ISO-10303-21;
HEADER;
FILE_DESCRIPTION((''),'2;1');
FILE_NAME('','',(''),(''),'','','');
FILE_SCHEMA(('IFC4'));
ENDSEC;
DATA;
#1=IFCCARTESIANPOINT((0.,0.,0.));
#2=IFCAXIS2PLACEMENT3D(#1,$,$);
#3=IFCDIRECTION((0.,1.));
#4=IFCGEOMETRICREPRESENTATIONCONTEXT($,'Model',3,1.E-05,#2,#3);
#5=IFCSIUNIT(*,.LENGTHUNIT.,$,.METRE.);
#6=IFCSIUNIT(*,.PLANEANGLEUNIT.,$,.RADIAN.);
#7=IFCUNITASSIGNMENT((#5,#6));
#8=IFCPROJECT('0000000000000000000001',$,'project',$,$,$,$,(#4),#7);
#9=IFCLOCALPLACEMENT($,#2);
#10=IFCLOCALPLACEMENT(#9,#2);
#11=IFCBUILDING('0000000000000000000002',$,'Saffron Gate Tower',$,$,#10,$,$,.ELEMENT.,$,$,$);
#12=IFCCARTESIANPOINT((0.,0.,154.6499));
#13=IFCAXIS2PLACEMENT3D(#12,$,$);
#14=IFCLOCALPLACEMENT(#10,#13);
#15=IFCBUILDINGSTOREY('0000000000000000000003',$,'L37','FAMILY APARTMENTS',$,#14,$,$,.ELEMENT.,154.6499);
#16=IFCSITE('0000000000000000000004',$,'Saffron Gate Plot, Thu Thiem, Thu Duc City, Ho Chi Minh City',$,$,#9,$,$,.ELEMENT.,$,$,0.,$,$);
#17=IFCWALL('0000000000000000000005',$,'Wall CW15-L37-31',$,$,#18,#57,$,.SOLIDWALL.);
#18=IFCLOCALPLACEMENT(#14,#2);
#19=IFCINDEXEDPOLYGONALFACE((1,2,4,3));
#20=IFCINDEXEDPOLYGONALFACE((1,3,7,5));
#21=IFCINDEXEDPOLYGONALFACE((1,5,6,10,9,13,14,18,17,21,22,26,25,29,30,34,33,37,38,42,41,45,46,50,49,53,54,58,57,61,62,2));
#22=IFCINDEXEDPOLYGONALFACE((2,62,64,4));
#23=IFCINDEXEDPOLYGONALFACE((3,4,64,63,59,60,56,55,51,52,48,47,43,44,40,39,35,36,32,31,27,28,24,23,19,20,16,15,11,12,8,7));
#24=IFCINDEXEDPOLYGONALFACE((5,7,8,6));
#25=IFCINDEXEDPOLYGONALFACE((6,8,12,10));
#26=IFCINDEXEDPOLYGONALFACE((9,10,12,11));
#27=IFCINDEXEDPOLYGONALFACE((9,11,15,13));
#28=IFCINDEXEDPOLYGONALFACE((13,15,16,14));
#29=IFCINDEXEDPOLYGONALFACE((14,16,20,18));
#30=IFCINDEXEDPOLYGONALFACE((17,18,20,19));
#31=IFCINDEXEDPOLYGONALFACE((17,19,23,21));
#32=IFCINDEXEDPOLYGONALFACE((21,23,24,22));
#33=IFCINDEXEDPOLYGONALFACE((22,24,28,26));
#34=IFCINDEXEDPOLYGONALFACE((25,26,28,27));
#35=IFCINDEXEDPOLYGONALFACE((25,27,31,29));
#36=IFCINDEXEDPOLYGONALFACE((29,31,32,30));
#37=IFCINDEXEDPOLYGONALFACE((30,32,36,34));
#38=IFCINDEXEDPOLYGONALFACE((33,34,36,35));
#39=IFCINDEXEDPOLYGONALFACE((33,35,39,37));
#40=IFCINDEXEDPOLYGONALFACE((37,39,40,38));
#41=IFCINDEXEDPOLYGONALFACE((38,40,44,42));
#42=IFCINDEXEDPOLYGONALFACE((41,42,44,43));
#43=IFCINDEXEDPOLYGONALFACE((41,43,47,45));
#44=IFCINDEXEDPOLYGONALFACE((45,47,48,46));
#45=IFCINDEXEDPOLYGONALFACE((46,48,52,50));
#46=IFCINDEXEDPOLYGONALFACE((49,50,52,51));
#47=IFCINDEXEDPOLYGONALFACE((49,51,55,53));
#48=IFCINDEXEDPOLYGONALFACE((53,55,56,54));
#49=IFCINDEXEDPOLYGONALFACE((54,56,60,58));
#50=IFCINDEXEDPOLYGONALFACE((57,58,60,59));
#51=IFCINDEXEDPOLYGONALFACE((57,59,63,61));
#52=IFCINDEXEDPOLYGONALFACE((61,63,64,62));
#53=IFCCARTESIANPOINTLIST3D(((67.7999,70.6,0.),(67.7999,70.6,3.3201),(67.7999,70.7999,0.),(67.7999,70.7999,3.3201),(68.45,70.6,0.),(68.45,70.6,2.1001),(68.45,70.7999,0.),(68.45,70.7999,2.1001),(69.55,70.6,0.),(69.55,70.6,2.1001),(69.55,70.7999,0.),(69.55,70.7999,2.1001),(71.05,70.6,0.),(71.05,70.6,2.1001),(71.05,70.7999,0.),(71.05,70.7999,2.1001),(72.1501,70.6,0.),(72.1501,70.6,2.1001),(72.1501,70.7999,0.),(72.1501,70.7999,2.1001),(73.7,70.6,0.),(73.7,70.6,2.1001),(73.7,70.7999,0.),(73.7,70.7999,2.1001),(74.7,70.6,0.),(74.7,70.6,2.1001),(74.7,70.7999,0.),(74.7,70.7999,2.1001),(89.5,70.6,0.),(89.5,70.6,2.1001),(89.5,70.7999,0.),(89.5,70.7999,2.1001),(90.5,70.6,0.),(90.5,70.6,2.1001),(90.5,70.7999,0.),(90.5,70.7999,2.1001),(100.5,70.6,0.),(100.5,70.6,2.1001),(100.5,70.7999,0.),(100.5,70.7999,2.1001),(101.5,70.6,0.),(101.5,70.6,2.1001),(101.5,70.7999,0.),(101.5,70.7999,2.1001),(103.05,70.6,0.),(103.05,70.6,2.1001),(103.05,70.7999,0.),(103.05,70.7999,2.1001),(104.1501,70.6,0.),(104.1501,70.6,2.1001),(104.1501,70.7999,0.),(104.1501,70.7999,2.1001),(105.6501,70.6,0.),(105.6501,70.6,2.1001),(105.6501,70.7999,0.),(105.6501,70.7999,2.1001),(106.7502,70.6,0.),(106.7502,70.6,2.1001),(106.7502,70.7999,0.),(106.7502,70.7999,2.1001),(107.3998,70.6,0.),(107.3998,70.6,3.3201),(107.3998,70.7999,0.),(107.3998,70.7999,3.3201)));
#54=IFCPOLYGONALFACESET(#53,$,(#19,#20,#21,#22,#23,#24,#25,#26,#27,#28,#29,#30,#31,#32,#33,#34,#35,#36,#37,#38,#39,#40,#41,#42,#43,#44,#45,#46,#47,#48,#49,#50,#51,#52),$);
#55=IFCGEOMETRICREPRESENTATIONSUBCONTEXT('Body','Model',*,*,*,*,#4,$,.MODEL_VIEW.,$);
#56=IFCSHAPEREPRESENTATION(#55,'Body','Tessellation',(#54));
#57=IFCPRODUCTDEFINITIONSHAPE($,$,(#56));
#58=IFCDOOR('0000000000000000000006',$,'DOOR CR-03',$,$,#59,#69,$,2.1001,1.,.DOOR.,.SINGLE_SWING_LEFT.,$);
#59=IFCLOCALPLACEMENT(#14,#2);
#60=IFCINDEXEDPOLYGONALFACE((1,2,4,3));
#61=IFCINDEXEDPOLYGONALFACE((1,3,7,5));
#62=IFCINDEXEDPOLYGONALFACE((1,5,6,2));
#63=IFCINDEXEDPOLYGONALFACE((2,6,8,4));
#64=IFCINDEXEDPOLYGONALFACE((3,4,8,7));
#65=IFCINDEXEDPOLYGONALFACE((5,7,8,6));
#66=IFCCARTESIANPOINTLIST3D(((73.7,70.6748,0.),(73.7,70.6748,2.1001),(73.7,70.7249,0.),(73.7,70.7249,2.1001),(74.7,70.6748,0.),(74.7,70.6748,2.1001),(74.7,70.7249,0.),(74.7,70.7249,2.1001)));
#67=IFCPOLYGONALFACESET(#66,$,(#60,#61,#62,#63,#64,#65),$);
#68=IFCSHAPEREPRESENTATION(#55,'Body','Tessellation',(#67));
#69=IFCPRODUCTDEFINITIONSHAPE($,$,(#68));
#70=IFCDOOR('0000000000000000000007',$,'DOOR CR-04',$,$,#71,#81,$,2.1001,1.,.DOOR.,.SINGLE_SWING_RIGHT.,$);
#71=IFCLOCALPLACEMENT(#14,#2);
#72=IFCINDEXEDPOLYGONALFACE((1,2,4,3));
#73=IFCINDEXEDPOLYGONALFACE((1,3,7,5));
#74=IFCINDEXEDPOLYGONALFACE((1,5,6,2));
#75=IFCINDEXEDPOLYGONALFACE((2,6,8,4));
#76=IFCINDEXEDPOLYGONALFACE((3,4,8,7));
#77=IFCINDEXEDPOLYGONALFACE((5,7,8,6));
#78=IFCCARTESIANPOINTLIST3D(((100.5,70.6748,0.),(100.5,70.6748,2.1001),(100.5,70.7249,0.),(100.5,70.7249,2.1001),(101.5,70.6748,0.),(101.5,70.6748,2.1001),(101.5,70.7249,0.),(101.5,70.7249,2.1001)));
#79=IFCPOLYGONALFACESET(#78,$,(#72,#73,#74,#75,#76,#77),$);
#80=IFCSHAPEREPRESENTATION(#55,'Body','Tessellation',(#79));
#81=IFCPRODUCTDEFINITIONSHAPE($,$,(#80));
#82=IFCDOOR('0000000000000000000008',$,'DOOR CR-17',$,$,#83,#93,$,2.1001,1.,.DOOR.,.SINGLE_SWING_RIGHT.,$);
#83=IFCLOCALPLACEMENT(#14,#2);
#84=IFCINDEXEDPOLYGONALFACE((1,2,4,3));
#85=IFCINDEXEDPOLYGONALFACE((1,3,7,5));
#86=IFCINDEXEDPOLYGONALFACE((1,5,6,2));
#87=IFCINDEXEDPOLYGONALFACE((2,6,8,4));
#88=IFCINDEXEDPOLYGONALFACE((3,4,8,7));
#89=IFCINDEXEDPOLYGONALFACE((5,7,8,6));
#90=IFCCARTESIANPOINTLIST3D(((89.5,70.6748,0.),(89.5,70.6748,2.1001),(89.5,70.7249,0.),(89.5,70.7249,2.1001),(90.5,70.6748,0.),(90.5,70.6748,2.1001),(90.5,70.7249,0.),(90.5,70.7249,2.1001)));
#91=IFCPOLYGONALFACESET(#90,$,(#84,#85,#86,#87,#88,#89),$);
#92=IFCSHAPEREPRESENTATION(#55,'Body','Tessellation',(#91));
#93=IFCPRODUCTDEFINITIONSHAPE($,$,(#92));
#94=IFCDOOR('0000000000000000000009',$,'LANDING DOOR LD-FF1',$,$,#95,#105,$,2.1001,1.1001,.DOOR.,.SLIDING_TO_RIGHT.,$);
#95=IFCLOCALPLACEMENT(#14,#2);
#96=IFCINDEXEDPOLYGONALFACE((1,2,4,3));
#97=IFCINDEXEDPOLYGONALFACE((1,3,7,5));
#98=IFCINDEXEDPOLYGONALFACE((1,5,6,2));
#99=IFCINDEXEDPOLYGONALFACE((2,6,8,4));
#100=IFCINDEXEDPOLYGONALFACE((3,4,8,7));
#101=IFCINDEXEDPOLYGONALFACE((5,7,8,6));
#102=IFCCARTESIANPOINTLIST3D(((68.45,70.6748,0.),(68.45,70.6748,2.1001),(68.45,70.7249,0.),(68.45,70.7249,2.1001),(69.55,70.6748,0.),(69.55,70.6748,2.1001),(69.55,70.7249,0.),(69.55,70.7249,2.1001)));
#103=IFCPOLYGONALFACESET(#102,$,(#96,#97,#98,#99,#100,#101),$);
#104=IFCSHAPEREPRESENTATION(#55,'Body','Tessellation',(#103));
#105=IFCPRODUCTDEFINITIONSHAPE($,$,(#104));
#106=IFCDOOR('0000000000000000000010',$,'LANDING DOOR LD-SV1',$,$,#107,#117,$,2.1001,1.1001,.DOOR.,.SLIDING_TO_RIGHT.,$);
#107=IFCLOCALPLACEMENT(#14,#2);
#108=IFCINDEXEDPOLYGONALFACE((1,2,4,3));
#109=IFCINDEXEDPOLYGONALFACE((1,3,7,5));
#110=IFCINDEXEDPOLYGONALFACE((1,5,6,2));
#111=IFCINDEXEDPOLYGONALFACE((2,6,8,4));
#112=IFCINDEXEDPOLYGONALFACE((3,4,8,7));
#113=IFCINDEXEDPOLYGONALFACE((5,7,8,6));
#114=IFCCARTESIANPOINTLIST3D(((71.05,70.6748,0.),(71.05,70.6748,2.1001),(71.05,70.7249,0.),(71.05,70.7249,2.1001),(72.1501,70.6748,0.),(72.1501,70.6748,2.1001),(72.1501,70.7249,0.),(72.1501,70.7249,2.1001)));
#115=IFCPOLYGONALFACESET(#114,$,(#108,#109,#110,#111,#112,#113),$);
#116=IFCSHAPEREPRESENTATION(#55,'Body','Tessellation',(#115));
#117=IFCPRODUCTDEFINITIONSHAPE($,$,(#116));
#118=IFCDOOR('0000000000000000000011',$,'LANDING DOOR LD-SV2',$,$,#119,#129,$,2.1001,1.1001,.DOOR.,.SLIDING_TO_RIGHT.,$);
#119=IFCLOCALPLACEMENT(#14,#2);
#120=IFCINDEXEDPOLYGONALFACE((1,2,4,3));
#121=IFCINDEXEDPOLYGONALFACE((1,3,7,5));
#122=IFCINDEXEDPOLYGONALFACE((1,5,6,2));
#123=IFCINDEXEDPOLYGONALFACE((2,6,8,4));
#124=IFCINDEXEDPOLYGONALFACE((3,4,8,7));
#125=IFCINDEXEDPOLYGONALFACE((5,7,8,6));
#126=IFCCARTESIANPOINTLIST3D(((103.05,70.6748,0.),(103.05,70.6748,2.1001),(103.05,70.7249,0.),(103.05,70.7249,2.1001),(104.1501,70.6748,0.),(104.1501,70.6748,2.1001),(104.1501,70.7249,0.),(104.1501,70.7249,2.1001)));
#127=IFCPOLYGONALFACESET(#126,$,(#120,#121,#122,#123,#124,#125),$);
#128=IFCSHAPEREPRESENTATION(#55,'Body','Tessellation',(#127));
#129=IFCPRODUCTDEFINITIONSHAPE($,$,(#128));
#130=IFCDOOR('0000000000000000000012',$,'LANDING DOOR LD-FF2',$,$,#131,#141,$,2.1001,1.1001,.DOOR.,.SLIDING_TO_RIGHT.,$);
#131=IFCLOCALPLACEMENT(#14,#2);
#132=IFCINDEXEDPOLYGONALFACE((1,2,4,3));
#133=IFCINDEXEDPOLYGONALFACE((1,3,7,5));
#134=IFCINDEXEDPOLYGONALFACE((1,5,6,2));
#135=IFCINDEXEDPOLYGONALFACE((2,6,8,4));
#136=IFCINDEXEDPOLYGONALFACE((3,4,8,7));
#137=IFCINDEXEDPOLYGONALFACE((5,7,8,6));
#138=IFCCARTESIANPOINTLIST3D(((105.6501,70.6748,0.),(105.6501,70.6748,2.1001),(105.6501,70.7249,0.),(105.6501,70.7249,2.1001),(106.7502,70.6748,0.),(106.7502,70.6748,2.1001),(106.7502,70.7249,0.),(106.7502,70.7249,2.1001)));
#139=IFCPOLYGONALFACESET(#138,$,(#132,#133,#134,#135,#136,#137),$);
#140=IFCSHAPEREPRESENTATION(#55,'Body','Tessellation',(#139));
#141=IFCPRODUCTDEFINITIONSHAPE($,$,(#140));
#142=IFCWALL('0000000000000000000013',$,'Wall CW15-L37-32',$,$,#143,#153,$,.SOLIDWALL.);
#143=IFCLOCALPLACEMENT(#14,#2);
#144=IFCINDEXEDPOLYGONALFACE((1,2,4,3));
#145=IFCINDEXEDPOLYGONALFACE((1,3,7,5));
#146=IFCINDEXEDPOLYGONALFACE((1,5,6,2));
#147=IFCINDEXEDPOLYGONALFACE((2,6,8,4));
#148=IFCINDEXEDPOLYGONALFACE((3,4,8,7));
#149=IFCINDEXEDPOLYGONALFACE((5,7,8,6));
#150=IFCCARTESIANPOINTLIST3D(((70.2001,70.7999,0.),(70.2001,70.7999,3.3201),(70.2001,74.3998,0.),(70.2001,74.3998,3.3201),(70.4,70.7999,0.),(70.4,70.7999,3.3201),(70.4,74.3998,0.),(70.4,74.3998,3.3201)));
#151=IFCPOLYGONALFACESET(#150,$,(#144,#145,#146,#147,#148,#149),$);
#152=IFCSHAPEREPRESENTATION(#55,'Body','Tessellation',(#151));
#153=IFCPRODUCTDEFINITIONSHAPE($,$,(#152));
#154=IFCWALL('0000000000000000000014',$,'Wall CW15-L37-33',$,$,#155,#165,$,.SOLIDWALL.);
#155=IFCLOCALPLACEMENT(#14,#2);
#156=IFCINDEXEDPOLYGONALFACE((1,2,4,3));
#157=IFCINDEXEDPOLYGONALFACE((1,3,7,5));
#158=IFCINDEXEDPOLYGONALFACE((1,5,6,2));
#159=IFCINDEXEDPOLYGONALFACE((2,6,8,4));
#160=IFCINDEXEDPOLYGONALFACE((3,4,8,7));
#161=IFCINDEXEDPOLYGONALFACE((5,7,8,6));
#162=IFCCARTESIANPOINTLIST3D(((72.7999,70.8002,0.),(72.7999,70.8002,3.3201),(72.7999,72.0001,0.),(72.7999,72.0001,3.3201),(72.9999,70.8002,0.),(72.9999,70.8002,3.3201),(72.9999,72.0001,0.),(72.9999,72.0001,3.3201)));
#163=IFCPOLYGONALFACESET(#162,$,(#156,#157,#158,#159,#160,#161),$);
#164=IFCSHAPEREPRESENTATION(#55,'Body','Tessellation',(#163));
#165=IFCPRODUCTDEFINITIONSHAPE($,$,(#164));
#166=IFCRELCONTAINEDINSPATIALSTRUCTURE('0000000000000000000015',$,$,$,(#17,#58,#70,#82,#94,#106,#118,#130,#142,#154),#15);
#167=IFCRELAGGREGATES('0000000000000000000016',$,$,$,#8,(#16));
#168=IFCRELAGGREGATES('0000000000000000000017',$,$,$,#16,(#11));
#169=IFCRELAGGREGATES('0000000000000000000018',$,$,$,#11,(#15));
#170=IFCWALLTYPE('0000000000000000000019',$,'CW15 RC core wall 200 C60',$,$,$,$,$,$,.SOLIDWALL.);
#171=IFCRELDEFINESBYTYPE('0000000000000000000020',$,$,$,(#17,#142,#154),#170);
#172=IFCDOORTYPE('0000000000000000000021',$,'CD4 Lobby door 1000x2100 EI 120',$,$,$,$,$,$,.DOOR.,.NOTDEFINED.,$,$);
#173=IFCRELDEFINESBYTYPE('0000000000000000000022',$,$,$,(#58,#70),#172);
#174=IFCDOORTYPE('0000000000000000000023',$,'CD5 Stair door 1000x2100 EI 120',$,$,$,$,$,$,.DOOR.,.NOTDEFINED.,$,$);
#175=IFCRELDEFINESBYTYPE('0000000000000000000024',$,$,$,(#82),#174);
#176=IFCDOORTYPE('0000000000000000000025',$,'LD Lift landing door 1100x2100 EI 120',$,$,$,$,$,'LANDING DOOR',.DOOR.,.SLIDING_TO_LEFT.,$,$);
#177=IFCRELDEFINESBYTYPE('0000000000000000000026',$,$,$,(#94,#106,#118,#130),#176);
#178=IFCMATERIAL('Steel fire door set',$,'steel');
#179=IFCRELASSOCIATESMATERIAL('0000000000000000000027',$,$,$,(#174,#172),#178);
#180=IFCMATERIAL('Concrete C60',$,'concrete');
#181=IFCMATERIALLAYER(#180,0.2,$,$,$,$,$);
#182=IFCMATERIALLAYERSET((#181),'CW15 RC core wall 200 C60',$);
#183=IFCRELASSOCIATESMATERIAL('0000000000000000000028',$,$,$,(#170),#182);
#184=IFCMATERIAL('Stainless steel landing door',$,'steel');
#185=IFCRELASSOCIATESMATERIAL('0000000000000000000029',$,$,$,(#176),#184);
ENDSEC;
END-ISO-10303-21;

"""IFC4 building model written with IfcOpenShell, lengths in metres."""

from ifc_helpers import new_model, si_unit, direction, frame, frame_2d, origin, place, context, subcontext, project, spatial, rectangle, extrude, material, layer, layer_set, type_object, element, fill, save


model = new_model("IFC4")

# Units and contexts
model_context = context("Model", 3, precision=1e-05, world=origin(), true_north=direction((0.0, 1.0)))
body_context = subcontext(model_context, "Body", "Model", "MODEL_VIEW")
ifc_project = project(units=[si_unit("LENGTHUNIT", "METRE"), si_unit("PLANEANGLEUNIT", "RADIAN")], contexts=[model_context])

# Site, building, storey
site_placement = place(None, origin())
site = spatial("IfcSite", under=ifc_project, at=site_placement, Name="Saffron Gate Plot, Thu Thiem, Thu Duc City, Ho Chi Minh City", CompositionType="ELEMENT", RefElevation=0.0)
building_placement = place(site_placement, origin())
building = spatial("IfcBuilding", under=site, at=building_placement, Name="Saffron Gate Tower", CompositionType="ELEMENT")
storey_placement = place(building_placement, frame((0.0, 0.0, 154.6499)))
storey = spatial("IfcBuildingStorey", under=building, at=storey_placement, Name="L37", Description="FAMILY APARTMENTS", CompositionType="ELEMENT", Elevation=154.6499)

# Wall, openings, doors
ifc_material_1 = material(Name="Concrete C60", Category="concrete")
ifc_material_2 = material(Name="Steel fire door set", Category="steel")
door_type_1 = type_object("IfcDoorType", Name="CD5 Stair door 1000x2100 EI 120", OperationType="NOTDEFINED", PredefinedType="DOOR", material=ifc_material_2)
ifc_layer_1 = layer(ifc_material_1, 0.2)
ifc_layer_set_1 = layer_set([ifc_layer_1], Name="CW15 RC core wall 200 C60")
wall_type_1 = type_object("IfcWallType", Name="CW15 RC core wall 200 C60", PredefinedType="SOLIDWALL", material=ifc_layer_set_1)
wall_1_placement = place(storey_placement, frame((67.8, 70.7, 0.0), z_axis=(0.0, 0.0, 1.0), x_axis=(1.0, 0.0, 0.0)))
wall_1 = element("IfcWall", 1, at=wall_1_placement, inside=storey, type_object=wall_type_1, Name="Wall CW15-L37-31", PredefinedType="SOLIDWALL", context=body_context, shape_type="SweptSolid", body=[
    extrude(rectangle(XDim=39.5999, YDim=0.2, at=frame_2d((19.7998, 0.0))), origin(), (0.0, 0.0, 1.0), 3.3201),
])
opening_1_placement = place(wall_1_placement, frame((0.6499, 0.0, 0.0)))
opening_1 = element("IfcOpeningElement", 2, at=opening_1_placement, cuts=wall_1, PredefinedType="OPENING", context=body_context, shape_type="SweptSolid", body=[
    extrude(rectangle(XDim=1.1001, YDim=2.1001, at=frame_2d((0.55, 1.05))), frame((0.0, 0.1099, 0.0), z_axis=(0.0, -1.0, 0.0), x_axis=(1.0, 0.0, 0.0)), (0.0, 0.0, 1.0), 0.22),
])
opening_2_placement = place(wall_1_placement, frame((3.25, 0.0, 0.0)))
opening_2 = element("IfcOpeningElement", 3, at=opening_2_placement, cuts=wall_1, PredefinedType="OPENING", context=body_context, shape_type="SweptSolid", body=[
    extrude(rectangle(XDim=1.1001, YDim=2.1001, at=frame_2d((0.55, 1.05))), frame((0.0, 0.1099, 0.0), z_axis=(0.0, -1.0, 0.0), x_axis=(1.0, 0.0, 0.0)), (0.0, 0.0, 1.0), 0.22),
])
opening_3_placement = place(wall_1_placement, frame((5.8999, 0.0, 0.0)))
opening_3 = element("IfcOpeningElement", 4, at=opening_3_placement, cuts=wall_1, PredefinedType="OPENING", context=body_context, shape_type="SweptSolid", body=[
    extrude(rectangle(XDim=1.0, YDim=2.1001, at=frame_2d((0.5, 1.05))), frame((0.0, 0.1099, 0.0), z_axis=(0.0, -1.0, 0.0), x_axis=(1.0, 0.0, 0.0)), (0.0, 0.0, 1.0), 0.22),
])
opening_4_placement = place(wall_1_placement, frame((21.7, 0.0, 0.0)))
opening_4 = element("IfcOpeningElement", 5, at=opening_4_placement, cuts=wall_1, PredefinedType="OPENING", context=body_context, shape_type="SweptSolid", body=[
    extrude(rectangle(XDim=1.0, YDim=2.1001, at=frame_2d((0.5, 1.05))), frame((0.0, 0.1099, 0.0), z_axis=(0.0, -1.0, 0.0), x_axis=(1.0, 0.0, 0.0)), (0.0, 0.0, 1.0), 0.22),
])
opening_5_placement = place(wall_1_placement, frame((32.7, 0.0, 0.0)))
opening_5 = element("IfcOpeningElement", 6, at=opening_5_placement, cuts=wall_1, PredefinedType="OPENING", context=body_context, shape_type="SweptSolid", body=[
    extrude(rectangle(XDim=1.0, YDim=2.1001, at=frame_2d((0.5, 1.05))), frame((0.0, 0.1099, 0.0), z_axis=(0.0, -1.0, 0.0), x_axis=(1.0, 0.0, 0.0)), (0.0, 0.0, 1.0), 0.22),
])
opening_6_placement = place(wall_1_placement, frame((35.25, 0.0, 0.0)))
opening_6 = element("IfcOpeningElement", 7, at=opening_6_placement, cuts=wall_1, PredefinedType="OPENING", context=body_context, shape_type="SweptSolid", body=[
    extrude(rectangle(XDim=1.1001, YDim=2.1001, at=frame_2d((0.55, 1.05))), frame((0.0, 0.1099, 0.0), z_axis=(0.0, -1.0, 0.0), x_axis=(1.0, 0.0, 0.0)), (0.0, 0.0, 1.0), 0.22),
])
opening_7_placement = place(wall_1_placement, frame((37.8501, 0.0, 0.0)))
opening_7 = element("IfcOpeningElement", 8, at=opening_7_placement, cuts=wall_1, PredefinedType="OPENING", context=body_context, shape_type="SweptSolid", body=[
    extrude(rectangle(XDim=1.1001, YDim=2.1001, at=frame_2d((0.55, 1.05))), frame((0.0, 0.1099, 0.0), z_axis=(0.0, -1.0, 0.0), x_axis=(1.0, 0.0, 0.0)), (0.0, 0.0, 1.0), 0.22),
])
door_type_2 = type_object("IfcDoorType", Name="CD4 Lobby door 1000x2100 EI 120", OperationType="NOTDEFINED", PredefinedType="DOOR", material=ifc_material_2)
door_1_placement = place(opening_3_placement, origin())
door_1 = element("IfcDoor", 9, at=door_1_placement, inside=storey, type_object=door_type_2, Name="DOOR CR-03", OperationType="SINGLE_SWING_LEFT", OverallHeight=2.1001, OverallWidth=1.0, PredefinedType="DOOR", context=body_context, shape_type="SweptSolid", body=[
    extrude(rectangle(XDim=1.0, YDim=2.1001, at=frame_2d((0.5, 1.05))), frame((0.0, 0.0249, 0.0), z_axis=(0.0, -1.0, 0.0), x_axis=(1.0, 0.0, 0.0)), (0.0, 0.0, 1.0), 0.05),
])
fill(opening_3, door_1)
door_2_placement = place(opening_5_placement, origin())
door_2 = element("IfcDoor", 10, at=door_2_placement, inside=storey, type_object=door_type_2, Name="DOOR CR-04", OperationType="SINGLE_SWING_RIGHT", OverallHeight=2.1001, OverallWidth=1.0, PredefinedType="DOOR", context=body_context, shape_type="SweptSolid", body=[
    extrude(rectangle(XDim=1.0, YDim=2.1001, at=frame_2d((0.5, 1.05))), frame((0.0, 0.0249, 0.0), z_axis=(0.0, -1.0, 0.0), x_axis=(1.0, 0.0, 0.0)), (0.0, 0.0, 1.0), 0.05),
])
fill(opening_5, door_2)
door_3_placement = place(opening_4_placement, origin())
door_3 = element("IfcDoor", 11, at=door_3_placement, inside=storey, type_object=door_type_1, Name="DOOR CR-17", OperationType="SINGLE_SWING_RIGHT", OverallHeight=2.1001, OverallWidth=1.0, PredefinedType="DOOR", context=body_context, shape_type="SweptSolid", body=[
    extrude(rectangle(XDim=1.0, YDim=2.1001, at=frame_2d((0.5, 1.05))), frame((0.0, 0.0249, 0.0), z_axis=(0.0, -1.0, 0.0), x_axis=(1.0, 0.0, 0.0)), (0.0, 0.0, 1.0), 0.05),
])
fill(opening_4, door_3)
ifc_material_3 = material(Name="Stainless steel landing door", Category="steel")
door_type_3 = type_object("IfcDoorType", Name="LD Lift landing door 1100x2100 EI 120", ElementType="LANDING DOOR", OperationType="SLIDING_TO_LEFT", PredefinedType="DOOR", material=ifc_material_3)
door_4_placement = place(opening_1_placement, origin())
door_4 = element("IfcDoor", 12, at=door_4_placement, inside=storey, type_object=door_type_3, Name="LANDING DOOR LD-FF1", OperationType="SLIDING_TO_RIGHT", OverallHeight=2.1001, OverallWidth=1.1001, PredefinedType="DOOR", context=body_context, shape_type="SweptSolid", body=[
    extrude(rectangle(XDim=1.1001, YDim=2.1001, at=frame_2d((0.55, 1.05))), frame((0.0, 0.0249, 0.0), z_axis=(0.0, -1.0, 0.0), x_axis=(1.0, 0.0, 0.0)), (0.0, 0.0, 1.0), 0.05),
])
fill(opening_1, door_4)
door_5_placement = place(opening_2_placement, origin())
door_5 = element("IfcDoor", 13, at=door_5_placement, inside=storey, type_object=door_type_3, Name="LANDING DOOR LD-SV1", OperationType="SLIDING_TO_RIGHT", OverallHeight=2.1001, OverallWidth=1.1001, PredefinedType="DOOR", context=body_context, shape_type="SweptSolid", body=[
    extrude(rectangle(XDim=1.1001, YDim=2.1001, at=frame_2d((0.55, 1.05))), frame((0.0, 0.0249, 0.0), z_axis=(0.0, -1.0, 0.0), x_axis=(1.0, 0.0, 0.0)), (0.0, 0.0, 1.0), 0.05),
])
fill(opening_2, door_5)
door_6_placement = place(opening_6_placement, origin())
door_6 = element("IfcDoor", 14, at=door_6_placement, inside=storey, type_object=door_type_3, Name="LANDING DOOR LD-SV2", OperationType="SLIDING_TO_RIGHT", OverallHeight=2.1001, OverallWidth=1.1001, PredefinedType="DOOR", context=body_context, shape_type="SweptSolid", body=[
    extrude(rectangle(XDim=1.1001, YDim=2.1001, at=frame_2d((0.55, 1.05))), frame((0.0, 0.0249, 0.0), z_axis=(0.0, -1.0, 0.0), x_axis=(1.0, 0.0, 0.0)), (0.0, 0.0, 1.0), 0.05),
])
fill(opening_6, door_6)
door_7_placement = place(opening_7_placement, origin())
door_7 = element("IfcDoor", 15, at=door_7_placement, inside=storey, type_object=door_type_3, Name="LANDING DOOR LD-FF2", OperationType="SLIDING_TO_RIGHT", OverallHeight=2.1001, OverallWidth=1.1001, PredefinedType="DOOR", context=body_context, shape_type="SweptSolid", body=[
    extrude(rectangle(XDim=1.1001, YDim=2.1001, at=frame_2d((0.55, 1.05))), frame((0.0, 0.0249, 0.0), z_axis=(0.0, -1.0, 0.0), x_axis=(1.0, 0.0, 0.0)), (0.0, 0.0, 1.0), 0.05),
])
fill(opening_7, door_7)

# Walls
wall_2_placement = place(storey_placement, frame((70.3, 70.8, 0.0), z_axis=(0.0, 0.0, 1.0), x_axis=(0.0, 1.0, 0.0)))
element("IfcWall", 16, at=wall_2_placement, inside=storey, type_object=wall_type_1, Name="Wall CW15-L37-32", PredefinedType="SOLIDWALL", context=body_context, shape_type="SweptSolid", body=[
    extrude(rectangle(XDim=3.5999, YDim=0.2, at=frame_2d((1.7998, 0.0))), origin(), (0.0, 0.0, 1.0), 3.3201),
])
wall_3_placement = place(storey_placement, frame((72.8999, 70.8, 0.0), z_axis=(0.0, 0.0, 1.0), x_axis=(0.0, 1.0, 0.0)))
element("IfcWall", 17, at=wall_3_placement, inside=storey, type_object=wall_type_1, Name="Wall CW15-L37-33", PredefinedType="SOLIDWALL", context=body_context, shape_type="SweptSolid", body=[
    extrude(rectangle(XDim=1.2, YDim=0.2, at=frame_2d((0.6001, 0.0))), origin(), (0.0, 0.0, 1.0), 3.3201),
])

save(model, "model.ifc")
